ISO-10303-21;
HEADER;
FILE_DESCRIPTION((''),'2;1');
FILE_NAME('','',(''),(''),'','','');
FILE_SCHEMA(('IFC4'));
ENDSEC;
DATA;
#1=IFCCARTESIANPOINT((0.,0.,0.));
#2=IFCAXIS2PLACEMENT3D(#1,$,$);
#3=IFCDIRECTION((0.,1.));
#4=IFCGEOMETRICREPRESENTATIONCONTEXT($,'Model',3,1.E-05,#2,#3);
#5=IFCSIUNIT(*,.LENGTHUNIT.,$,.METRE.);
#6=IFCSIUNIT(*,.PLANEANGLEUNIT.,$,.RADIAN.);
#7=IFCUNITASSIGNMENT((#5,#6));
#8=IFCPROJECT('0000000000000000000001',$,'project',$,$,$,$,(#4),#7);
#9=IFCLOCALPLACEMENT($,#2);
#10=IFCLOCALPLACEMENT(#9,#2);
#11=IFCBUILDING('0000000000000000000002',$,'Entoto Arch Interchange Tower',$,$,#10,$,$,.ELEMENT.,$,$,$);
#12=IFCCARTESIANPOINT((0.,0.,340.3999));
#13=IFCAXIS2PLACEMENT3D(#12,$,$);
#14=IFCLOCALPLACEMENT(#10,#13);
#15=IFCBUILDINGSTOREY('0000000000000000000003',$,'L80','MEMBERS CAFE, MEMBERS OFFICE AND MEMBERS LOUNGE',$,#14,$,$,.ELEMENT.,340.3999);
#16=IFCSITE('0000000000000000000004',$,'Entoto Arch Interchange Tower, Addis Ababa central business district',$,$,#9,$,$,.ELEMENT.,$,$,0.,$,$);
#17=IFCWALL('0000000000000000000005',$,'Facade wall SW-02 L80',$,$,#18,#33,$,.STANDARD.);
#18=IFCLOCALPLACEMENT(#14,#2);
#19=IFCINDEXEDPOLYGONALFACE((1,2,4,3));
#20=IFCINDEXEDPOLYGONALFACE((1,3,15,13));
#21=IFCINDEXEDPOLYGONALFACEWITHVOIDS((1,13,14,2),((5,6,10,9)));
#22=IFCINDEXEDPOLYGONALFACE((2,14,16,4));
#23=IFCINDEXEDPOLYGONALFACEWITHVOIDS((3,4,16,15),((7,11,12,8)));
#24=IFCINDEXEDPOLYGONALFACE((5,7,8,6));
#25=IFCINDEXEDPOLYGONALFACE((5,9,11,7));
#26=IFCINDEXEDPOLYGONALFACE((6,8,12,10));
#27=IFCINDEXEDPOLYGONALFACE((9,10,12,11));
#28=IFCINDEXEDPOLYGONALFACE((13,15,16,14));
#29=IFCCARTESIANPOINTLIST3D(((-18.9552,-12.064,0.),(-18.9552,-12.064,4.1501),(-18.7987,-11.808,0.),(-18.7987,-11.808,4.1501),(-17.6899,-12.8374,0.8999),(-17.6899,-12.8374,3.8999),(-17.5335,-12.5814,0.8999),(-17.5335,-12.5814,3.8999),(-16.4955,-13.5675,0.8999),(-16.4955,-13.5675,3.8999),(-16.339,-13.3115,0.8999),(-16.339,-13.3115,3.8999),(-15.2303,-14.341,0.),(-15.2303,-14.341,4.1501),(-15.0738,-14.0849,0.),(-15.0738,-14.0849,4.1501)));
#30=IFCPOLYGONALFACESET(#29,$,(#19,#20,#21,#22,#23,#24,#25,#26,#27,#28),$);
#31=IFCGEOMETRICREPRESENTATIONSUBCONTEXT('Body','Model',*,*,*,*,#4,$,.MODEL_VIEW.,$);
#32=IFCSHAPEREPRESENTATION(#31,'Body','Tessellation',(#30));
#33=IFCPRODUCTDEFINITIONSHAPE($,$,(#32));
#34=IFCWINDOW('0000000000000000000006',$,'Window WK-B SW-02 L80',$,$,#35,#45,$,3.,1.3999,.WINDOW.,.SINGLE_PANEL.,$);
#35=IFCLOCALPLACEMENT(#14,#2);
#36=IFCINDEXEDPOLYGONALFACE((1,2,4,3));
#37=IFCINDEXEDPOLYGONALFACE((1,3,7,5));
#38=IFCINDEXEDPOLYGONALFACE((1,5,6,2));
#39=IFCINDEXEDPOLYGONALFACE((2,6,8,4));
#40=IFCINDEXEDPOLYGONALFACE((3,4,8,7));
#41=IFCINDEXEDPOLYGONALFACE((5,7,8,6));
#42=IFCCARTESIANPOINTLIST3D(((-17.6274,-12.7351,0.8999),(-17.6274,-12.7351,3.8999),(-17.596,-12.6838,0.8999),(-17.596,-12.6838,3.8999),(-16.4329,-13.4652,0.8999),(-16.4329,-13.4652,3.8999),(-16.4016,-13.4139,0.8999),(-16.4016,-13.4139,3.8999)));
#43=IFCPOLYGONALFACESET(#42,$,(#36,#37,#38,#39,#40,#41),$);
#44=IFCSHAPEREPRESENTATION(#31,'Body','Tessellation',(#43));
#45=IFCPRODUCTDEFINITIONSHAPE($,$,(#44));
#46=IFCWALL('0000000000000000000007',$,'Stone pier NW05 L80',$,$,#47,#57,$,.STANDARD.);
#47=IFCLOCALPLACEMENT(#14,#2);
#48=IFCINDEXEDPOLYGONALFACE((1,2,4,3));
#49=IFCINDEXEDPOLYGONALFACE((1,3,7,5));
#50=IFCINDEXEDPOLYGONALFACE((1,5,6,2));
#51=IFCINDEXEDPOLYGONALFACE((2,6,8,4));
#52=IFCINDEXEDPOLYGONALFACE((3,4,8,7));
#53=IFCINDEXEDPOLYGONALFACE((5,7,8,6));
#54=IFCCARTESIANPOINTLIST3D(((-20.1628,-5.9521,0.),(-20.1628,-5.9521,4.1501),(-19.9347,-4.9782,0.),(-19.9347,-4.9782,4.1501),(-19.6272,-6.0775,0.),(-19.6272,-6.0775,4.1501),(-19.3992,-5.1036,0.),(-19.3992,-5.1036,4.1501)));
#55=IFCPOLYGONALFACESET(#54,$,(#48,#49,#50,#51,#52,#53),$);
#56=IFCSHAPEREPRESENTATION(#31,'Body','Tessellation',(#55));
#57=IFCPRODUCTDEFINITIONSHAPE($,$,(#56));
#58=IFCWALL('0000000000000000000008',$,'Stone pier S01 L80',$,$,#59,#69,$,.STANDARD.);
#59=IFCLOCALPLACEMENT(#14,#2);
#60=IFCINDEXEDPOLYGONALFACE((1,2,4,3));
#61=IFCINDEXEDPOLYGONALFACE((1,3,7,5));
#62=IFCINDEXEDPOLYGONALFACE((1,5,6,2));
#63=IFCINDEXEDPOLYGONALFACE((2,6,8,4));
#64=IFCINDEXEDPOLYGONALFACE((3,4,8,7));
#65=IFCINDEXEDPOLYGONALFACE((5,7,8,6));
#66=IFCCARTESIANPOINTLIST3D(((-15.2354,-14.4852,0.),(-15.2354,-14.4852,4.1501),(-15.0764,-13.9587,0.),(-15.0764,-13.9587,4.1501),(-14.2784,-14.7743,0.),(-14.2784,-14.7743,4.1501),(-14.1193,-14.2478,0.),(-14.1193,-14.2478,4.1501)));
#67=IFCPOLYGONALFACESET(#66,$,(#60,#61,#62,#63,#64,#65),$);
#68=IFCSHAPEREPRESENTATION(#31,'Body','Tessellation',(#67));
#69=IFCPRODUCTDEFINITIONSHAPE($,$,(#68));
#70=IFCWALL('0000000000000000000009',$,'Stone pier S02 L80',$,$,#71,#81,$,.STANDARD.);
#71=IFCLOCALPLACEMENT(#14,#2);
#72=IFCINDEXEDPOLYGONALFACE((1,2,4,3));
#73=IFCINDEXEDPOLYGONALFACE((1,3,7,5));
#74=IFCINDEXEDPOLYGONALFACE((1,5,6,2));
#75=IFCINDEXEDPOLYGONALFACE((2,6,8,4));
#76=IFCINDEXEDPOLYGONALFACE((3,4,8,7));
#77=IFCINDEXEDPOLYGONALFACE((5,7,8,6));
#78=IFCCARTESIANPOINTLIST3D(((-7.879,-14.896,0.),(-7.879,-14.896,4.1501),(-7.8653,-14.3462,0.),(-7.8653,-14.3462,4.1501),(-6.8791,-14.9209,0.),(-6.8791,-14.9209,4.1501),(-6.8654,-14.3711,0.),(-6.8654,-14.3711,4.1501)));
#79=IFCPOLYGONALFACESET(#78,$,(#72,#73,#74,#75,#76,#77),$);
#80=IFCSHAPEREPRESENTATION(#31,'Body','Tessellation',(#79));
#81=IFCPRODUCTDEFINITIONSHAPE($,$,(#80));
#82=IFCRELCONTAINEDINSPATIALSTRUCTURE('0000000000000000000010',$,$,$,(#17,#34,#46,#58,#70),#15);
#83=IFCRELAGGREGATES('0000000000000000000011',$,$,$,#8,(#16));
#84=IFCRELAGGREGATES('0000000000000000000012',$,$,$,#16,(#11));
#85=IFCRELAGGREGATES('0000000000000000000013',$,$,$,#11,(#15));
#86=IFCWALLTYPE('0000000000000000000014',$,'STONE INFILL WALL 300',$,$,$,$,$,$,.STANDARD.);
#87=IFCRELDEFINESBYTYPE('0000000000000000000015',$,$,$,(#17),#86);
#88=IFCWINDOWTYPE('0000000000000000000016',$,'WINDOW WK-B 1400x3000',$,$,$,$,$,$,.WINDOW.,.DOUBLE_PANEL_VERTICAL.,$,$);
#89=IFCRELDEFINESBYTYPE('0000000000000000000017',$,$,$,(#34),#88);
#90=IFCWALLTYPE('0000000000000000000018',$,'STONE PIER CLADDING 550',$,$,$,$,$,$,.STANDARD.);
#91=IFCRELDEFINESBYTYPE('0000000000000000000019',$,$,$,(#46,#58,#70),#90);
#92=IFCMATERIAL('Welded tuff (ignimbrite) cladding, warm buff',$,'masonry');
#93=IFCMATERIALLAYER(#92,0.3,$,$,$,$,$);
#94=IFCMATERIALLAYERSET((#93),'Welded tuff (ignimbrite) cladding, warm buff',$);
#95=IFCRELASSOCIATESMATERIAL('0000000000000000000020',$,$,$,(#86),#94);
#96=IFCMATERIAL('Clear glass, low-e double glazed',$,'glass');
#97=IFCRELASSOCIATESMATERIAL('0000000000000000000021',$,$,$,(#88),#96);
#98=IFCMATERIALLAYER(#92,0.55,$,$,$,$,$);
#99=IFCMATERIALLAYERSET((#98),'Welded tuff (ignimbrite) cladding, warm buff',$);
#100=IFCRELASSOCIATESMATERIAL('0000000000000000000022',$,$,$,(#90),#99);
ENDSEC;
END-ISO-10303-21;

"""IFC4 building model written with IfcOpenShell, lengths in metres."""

from ifc_helpers import new_model, si_unit, direction, frame, frame_2d, origin, place, context, subcontext, project, spatial, rectangle, extrude, material, layer, layer_set, type_object, element, fill, save


model = new_model("IFC4")

# Units and contexts
model_context = context("Model", 3, precision=1e-05, world=origin(), true_north=direction((0.0, 1.0)))
body_context = subcontext(model_context, "Body", "Model", "MODEL_VIEW")
ifc_project = project(units=[si_unit("LENGTHUNIT", "METRE"), si_unit("PLANEANGLEUNIT", "RADIAN")], contexts=[model_context])

# Site, building, storey
site_placement = place(None, origin())
site = spatial("IfcSite", under=ifc_project, at=site_placement, Name="Entoto Arch Interchange Tower, Addis Ababa central business district", CompositionType="ELEMENT", RefElevation=0.0)
building_placement = place(site_placement, origin())
building = spatial("IfcBuilding", under=site, at=building_placement, Name="Entoto Arch Interchange Tower", CompositionType="ELEMENT")
storey_placement = place(building_placement, frame((0.0, 0.0, 340.3999)))
storey = spatial("IfcBuildingStorey", under=building, at=storey_placement, Name="L80", Description="MEMBERS CAFE, MEMBERS OFFICE AND MEMBERS LOUNGE", CompositionType="ELEMENT", Elevation=340.3999)

# Shared definitions
ifc_material_1 = material(Name="Welded tuff (ignimbrite) cladding, warm buff", Category="masonry")
ifc_layer_1 = layer(ifc_material_1, 0.3)
ifc_layer_set_1 = layer_set([ifc_layer_1], Name="Welded tuff (ignimbrite) cladding, warm buff")
wall_type_1 = type_object("IfcWallType", Name="STONE INFILL WALL 300", PredefinedType="STANDARD", material=ifc_layer_set_1)
ifc_material_2 = material(Name="Clear glass, low-e double glazed", Category="glass")

# Wall, opening, window
window_type_1 = type_object("IfcWindowType", Name="WINDOW WK-B 1400x3000", PartitioningType="DOUBLE_PANEL_VERTICAL", PredefinedType="WINDOW", material=ifc_material_2)
wall_1_placement = place(storey_placement, frame((-18.877, -11.936, 0.0), z_axis=(0.0, 0.0, 1.0), x_axis=(0.853225, -0.521543, 0.0)))
wall_1 = element("IfcWall", 1, at=wall_1_placement, inside=storey, type_object=wall_type_1, Name="Facade wall SW-02 L80", PredefinedType="STANDARD", context=body_context, shape_type="SweptSolid", body=[
    extrude(rectangle(XDim=4.3657, YDim=0.3, at=frame_2d((2.1829, 0.0))), origin(), (0.0, 0.0, 1.0), 4.1501),
])
opening_1_placement = place(wall_1_placement, frame((1.4829, 0.0, 0.8999)))
opening_1 = element("IfcOpeningElement", 2, at=opening_1_placement, cuts=wall_1, PredefinedType="OPENING", context=body_context, shape_type="SweptSolid", body=[
    extrude(rectangle(XDim=1.3999, YDim=3.0, at=frame_2d((0.7, 1.5))), frame((0.0, 0.1602, 0.0), z_axis=(0.0, -1.0, 0.0), x_axis=(1.0, 0.0, 0.0)), (0.0, 0.0, 1.0), 0.3201),
])
window_1_placement = place(opening_1_placement, origin())
window_1 = element("IfcWindow", 3, at=window_1_placement, inside=storey, type_object=window_type_1, Name="Window WK-B SW-02 L80", OverallHeight=3.0, OverallWidth=1.3999, PartitioningType="SINGLE_PANEL", PredefinedType="WINDOW", context=body_context, shape_type="SweptSolid", body=[
    extrude(rectangle(XDim=1.3999, YDim=3.0, at=frame_2d((0.7, 1.5))), frame((0.0, 0.03, 0.0), z_axis=(0.0, -1.0, 0.0), x_axis=(1.0, 0.0, 0.0)), (0.0, 0.0, 1.0), 0.0601),
])
fill(opening_1, window_1)

# Walls
ifc_layer_2 = layer(ifc_material_1, 0.55)
ifc_layer_set_2 = layer_set([ifc_layer_2], Name="Welded tuff (ignimbrite) cladding, warm buff")
wall_type_2 = type_object("IfcWallType", Name="STONE PIER CLADDING 550", PredefinedType="STANDARD", material=ifc_layer_set_2)
wall_2_placement = place(storey_placement, frame((-19.667, -5.041, 0.0), z_axis=(0.0, 0.0, 1.0), x_axis=(-0.227978, -0.973666, 0.0)))
element("IfcWall", 4, at=wall_2_placement, inside=storey, type_object=wall_type_2, Name="Stone pier NW05 L80", PredefinedType="STANDARD", context=body_context, shape_type="SweptSolid", body=[
    extrude(rectangle(XDim=1.0002, YDim=0.55, at=frame_2d((0.5, 0.0))), origin(), (0.0, 0.0, 1.0), 4.1501),
])
wall_3_placement = place(storey_placement, frame((-15.156, -14.2219, 0.0), z_axis=(0.0, 0.0, 1.0), x_axis=(0.957287, -0.28914, 0.0)))
element("IfcWall", 5, at=wall_3_placement, inside=storey, type_object=wall_type_2, Name="Stone pier S01 L80", PredefinedType="STANDARD", context=body_context, shape_type="SweptSolid", body=[
    extrude(rectangle(XDim=0.9998, YDim=0.55, at=frame_2d((0.5, 0.0))), origin(), (0.0, 0.0, 1.0), 4.1501),
])
wall_4_placement = place(storey_placement, frame((-7.8721, -14.6211, 0.0), z_axis=(0.0, 0.0, 1.0), x_axis=(0.99969, -0.024895, 0.0)))
element("IfcWall", 6, at=wall_4_placement, inside=storey, type_object=wall_type_2, Name="Stone pier S02 L80", PredefinedType="STANDARD", context=body_context, shape_type="SweptSolid", body=[
    extrude(rectangle(XDim=1.0002, YDim=0.55, at=frame_2d((0.5, 0.0))), origin(), (0.0, 0.0, 1.0), 4.1501),
])

save(model, "model.ifc")
